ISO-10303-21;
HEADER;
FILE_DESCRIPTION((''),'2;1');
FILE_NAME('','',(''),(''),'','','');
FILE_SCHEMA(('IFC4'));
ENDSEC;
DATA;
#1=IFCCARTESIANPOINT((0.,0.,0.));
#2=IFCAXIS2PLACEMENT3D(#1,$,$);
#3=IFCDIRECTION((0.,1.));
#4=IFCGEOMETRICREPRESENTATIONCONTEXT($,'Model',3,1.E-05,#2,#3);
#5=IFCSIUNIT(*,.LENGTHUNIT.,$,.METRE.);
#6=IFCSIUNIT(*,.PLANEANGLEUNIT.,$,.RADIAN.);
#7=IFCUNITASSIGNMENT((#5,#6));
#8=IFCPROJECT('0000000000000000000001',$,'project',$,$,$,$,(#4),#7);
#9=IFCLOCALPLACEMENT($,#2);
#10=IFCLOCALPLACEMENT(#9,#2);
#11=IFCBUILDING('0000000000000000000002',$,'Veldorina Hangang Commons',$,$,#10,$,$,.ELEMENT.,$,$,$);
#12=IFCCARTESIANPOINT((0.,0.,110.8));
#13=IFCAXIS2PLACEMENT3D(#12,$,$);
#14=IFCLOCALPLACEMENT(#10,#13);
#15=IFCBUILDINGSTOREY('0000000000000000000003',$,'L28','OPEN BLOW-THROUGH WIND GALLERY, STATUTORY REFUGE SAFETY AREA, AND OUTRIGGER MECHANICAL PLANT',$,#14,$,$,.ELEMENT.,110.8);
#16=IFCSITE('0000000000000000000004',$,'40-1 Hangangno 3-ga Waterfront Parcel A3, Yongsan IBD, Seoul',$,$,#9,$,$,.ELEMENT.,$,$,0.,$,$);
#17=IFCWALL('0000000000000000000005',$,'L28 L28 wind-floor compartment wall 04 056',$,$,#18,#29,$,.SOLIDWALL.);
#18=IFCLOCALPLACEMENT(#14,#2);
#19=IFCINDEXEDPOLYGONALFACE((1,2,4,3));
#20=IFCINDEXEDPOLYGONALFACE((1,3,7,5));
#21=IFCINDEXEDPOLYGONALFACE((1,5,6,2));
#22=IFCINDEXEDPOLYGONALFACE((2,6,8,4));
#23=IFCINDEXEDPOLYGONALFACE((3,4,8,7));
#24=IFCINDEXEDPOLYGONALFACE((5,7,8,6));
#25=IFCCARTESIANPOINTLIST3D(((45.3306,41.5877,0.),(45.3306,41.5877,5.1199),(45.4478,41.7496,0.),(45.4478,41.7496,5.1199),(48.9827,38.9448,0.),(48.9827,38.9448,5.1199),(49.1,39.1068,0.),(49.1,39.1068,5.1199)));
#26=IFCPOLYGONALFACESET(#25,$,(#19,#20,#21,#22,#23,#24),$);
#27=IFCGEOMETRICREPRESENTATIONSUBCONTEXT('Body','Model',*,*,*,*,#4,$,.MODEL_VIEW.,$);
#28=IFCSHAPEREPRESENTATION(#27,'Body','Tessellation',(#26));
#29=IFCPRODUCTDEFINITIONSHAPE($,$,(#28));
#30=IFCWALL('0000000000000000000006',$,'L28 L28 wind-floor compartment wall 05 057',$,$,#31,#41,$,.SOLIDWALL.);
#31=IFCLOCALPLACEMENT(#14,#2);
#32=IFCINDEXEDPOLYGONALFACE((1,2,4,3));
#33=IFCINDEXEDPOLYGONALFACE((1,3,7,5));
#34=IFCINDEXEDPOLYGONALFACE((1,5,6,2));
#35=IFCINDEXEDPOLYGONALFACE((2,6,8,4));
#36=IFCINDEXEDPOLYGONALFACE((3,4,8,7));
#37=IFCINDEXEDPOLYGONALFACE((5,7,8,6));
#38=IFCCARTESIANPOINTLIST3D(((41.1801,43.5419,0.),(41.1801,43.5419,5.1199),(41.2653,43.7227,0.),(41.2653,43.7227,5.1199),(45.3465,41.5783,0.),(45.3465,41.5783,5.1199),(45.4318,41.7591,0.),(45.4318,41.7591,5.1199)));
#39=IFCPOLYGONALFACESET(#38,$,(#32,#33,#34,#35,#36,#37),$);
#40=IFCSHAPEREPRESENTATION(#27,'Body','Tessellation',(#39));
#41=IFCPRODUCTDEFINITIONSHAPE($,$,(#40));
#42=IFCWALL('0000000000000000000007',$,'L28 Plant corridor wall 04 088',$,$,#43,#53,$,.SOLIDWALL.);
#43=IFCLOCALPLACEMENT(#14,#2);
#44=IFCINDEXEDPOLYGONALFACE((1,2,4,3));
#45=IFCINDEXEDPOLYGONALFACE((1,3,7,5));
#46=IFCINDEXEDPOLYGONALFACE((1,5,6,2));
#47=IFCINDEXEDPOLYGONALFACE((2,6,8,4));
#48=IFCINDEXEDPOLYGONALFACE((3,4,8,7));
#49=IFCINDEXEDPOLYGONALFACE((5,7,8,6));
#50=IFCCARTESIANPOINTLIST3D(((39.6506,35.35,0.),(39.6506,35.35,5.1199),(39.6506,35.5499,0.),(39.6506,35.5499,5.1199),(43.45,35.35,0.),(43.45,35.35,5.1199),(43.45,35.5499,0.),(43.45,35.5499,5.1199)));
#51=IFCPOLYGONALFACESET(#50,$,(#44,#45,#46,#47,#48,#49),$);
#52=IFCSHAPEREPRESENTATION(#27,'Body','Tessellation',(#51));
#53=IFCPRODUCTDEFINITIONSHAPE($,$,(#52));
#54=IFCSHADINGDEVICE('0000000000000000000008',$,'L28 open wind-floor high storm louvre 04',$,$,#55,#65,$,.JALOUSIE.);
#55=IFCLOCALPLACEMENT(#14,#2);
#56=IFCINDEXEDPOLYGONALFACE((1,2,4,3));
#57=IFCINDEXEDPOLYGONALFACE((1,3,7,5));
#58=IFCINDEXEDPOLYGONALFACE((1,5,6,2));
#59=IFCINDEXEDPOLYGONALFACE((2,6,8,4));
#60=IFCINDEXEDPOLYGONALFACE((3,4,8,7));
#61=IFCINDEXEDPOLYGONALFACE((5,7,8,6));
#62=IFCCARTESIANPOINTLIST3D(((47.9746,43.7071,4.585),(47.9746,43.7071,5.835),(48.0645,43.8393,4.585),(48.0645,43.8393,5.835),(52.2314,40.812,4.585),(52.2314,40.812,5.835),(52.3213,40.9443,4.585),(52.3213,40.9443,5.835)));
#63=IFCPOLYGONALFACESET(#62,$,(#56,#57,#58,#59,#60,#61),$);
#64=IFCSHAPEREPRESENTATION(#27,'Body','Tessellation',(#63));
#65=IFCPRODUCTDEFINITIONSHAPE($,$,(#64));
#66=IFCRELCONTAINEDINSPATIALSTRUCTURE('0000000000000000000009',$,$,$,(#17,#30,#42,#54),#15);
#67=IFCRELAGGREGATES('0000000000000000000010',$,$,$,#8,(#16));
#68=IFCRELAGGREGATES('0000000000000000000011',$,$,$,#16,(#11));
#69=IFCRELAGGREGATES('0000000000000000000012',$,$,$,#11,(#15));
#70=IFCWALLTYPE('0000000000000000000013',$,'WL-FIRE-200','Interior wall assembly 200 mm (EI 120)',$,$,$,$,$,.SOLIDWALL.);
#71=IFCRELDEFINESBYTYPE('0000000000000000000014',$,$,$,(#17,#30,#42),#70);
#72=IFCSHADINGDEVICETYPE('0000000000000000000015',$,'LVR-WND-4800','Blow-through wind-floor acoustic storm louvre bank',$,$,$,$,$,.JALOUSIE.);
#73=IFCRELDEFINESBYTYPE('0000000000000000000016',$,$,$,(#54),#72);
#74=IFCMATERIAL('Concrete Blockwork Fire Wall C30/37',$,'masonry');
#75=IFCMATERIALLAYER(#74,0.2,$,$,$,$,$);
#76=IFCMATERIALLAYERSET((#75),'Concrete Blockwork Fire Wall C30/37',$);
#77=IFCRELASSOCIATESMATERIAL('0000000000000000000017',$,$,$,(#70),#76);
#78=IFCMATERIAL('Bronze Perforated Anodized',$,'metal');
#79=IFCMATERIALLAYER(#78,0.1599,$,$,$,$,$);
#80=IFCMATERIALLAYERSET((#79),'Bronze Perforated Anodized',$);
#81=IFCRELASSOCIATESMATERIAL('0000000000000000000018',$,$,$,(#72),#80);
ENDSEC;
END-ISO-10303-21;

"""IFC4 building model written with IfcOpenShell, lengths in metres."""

from ifc_helpers import new_model, si_unit, direction, frame, frame_2d, origin, origin_2d, place, context, subcontext, project, spatial, rectangle, extrude, material, layer, layer_set, type_object, element, save


model = new_model("IFC4")

# Units and contexts
model_context = context("Model", 3, precision=1e-05, world=origin(), true_north=direction((0.0, 1.0)))
body_context = subcontext(model_context, "Body", "Model", "MODEL_VIEW")
ifc_project = project(units=[si_unit("LENGTHUNIT", "METRE"), si_unit("PLANEANGLEUNIT", "RADIAN")], contexts=[model_context])

# Site, building, storey
site_placement = place(None, origin())
site = spatial("IfcSite", under=ifc_project, at=site_placement, Name="40-1 Hangangno 3-ga Waterfront Parcel A3, Yongsan IBD, Seoul", CompositionType="ELEMENT", RefElevation=0.0)
building_placement = place(site_placement, origin())
building = spatial("IfcBuilding", under=site, at=building_placement, Name="Veldorina Hangang Commons", CompositionType="ELEMENT")
storey_placement = place(building_placement, frame((0.0, 0.0, 110.8)))
storey = spatial("IfcBuildingStorey", under=building, at=storey_placement, Name="L28", Description="OPEN BLOW-THROUGH WIND GALLERY, STATUTORY REFUGE SAFETY AREA, AND OUTRIGGER MECHANICAL PLANT", CompositionType="ELEMENT", Elevation=110.8)

# Walls
ifc_material_1 = material(Name="Concrete Blockwork Fire Wall C30/37", Category="masonry")
ifc_layer_1 = layer(ifc_material_1, 0.2)
ifc_layer_set_1 = layer_set([ifc_layer_1], Name="Concrete Blockwork Fire Wall C30/37")
wall_type = type_object("IfcWallType", Name="WL-FIRE-200", Description="Interior wall assembly 200 mm (EI 120)", PredefinedType="SOLIDWALL", material=ifc_layer_set_1)
wall_1_placement = place(storey_placement, frame((49.0413, 39.0259, 0.0), z_axis=(0.0, 0.0, 1.0), x_axis=(-0.810132, 0.586248, 0.0)))
element("IfcWall", 1, at=wall_1_placement, inside=storey, type_object=wall_type, Name="L28 L28 wind-floor compartment wall 04 056", PredefinedType="SOLIDWALL", context=body_context, shape_type="SweptSolid", body=[
    extrude(rectangle(XDim=4.5081, YDim=0.2, at=frame_2d((2.2539, 0.0))), origin(), (0.0, 0.0, 1.0), 5.1199),
])
wall_2_placement = place(storey_placement, frame((45.3892, 41.6687, 0.0), z_axis=(0.0, 0.0, 1.0), x_axis=(-0.904575, 0.426315, 0.0)))
element("IfcWall", 2, at=wall_2_placement, inside=storey, type_object=wall_type, Name="L28 L28 wind-floor compartment wall 05 057", PredefinedType="SOLIDWALL", context=body_context, shape_type="SweptSolid", body=[
    extrude(rectangle(XDim=4.606, YDim=0.2, at=frame_2d((2.303, 0.0))), origin(), (0.0, 0.0, 1.0), 5.1199),
])
wall_3_placement = place(storey_placement, frame((43.45, 35.45, 0.0), z_axis=(0.0, 0.0, 1.0), x_axis=(-1.0, 0.0, 0.0)))
element("IfcWall", 3, at=wall_3_placement, inside=storey, type_object=wall_type, Name="L28 Plant corridor wall 04 088", PredefinedType="SOLIDWALL", context=body_context, shape_type="SweptSolid", body=[
    extrude(rectangle(XDim=3.7993, YDim=0.2, at=frame_2d((1.8997, 0.0))), origin(), (0.0, 0.0, 1.0), 5.1199),
])

# Shading device
ifc_material_2 = material(Name="Bronze Perforated Anodized", Category="metal")
ifc_layer_2 = layer(ifc_material_2, 0.1599)
ifc_layer_set_2 = layer_set([ifc_layer_2], Name="Bronze Perforated Anodized")
shading_device_type = type_object("IfcShadingDeviceType", Name="LVR-WND-4800", Description="Blow-through wind-floor acoustic storm louvre bank", PredefinedType="JALOUSIE", material=ifc_layer_set_2)
shading_device_placement = place(storey_placement, frame((50.1479, 42.3257, 4.585), z_axis=(0.0, 0.0, 1.0), x_axis=(-0.826884, 0.562372, 0.0)))
element("IfcShadingDevice", 4, at=shading_device_placement, inside=storey, type_object=shading_device_type, Name="L28 open wind-floor high storm louvre 04", PredefinedType="JALOUSIE", context=body_context, shape_type="SweptSolid", body=[
    extrude(rectangle(XDim=5.1479, YDim=0.1599, at=origin_2d()), origin(), (0.0, 0.0, 1.0), 1.25),
])

save(model, "model.ifc")
